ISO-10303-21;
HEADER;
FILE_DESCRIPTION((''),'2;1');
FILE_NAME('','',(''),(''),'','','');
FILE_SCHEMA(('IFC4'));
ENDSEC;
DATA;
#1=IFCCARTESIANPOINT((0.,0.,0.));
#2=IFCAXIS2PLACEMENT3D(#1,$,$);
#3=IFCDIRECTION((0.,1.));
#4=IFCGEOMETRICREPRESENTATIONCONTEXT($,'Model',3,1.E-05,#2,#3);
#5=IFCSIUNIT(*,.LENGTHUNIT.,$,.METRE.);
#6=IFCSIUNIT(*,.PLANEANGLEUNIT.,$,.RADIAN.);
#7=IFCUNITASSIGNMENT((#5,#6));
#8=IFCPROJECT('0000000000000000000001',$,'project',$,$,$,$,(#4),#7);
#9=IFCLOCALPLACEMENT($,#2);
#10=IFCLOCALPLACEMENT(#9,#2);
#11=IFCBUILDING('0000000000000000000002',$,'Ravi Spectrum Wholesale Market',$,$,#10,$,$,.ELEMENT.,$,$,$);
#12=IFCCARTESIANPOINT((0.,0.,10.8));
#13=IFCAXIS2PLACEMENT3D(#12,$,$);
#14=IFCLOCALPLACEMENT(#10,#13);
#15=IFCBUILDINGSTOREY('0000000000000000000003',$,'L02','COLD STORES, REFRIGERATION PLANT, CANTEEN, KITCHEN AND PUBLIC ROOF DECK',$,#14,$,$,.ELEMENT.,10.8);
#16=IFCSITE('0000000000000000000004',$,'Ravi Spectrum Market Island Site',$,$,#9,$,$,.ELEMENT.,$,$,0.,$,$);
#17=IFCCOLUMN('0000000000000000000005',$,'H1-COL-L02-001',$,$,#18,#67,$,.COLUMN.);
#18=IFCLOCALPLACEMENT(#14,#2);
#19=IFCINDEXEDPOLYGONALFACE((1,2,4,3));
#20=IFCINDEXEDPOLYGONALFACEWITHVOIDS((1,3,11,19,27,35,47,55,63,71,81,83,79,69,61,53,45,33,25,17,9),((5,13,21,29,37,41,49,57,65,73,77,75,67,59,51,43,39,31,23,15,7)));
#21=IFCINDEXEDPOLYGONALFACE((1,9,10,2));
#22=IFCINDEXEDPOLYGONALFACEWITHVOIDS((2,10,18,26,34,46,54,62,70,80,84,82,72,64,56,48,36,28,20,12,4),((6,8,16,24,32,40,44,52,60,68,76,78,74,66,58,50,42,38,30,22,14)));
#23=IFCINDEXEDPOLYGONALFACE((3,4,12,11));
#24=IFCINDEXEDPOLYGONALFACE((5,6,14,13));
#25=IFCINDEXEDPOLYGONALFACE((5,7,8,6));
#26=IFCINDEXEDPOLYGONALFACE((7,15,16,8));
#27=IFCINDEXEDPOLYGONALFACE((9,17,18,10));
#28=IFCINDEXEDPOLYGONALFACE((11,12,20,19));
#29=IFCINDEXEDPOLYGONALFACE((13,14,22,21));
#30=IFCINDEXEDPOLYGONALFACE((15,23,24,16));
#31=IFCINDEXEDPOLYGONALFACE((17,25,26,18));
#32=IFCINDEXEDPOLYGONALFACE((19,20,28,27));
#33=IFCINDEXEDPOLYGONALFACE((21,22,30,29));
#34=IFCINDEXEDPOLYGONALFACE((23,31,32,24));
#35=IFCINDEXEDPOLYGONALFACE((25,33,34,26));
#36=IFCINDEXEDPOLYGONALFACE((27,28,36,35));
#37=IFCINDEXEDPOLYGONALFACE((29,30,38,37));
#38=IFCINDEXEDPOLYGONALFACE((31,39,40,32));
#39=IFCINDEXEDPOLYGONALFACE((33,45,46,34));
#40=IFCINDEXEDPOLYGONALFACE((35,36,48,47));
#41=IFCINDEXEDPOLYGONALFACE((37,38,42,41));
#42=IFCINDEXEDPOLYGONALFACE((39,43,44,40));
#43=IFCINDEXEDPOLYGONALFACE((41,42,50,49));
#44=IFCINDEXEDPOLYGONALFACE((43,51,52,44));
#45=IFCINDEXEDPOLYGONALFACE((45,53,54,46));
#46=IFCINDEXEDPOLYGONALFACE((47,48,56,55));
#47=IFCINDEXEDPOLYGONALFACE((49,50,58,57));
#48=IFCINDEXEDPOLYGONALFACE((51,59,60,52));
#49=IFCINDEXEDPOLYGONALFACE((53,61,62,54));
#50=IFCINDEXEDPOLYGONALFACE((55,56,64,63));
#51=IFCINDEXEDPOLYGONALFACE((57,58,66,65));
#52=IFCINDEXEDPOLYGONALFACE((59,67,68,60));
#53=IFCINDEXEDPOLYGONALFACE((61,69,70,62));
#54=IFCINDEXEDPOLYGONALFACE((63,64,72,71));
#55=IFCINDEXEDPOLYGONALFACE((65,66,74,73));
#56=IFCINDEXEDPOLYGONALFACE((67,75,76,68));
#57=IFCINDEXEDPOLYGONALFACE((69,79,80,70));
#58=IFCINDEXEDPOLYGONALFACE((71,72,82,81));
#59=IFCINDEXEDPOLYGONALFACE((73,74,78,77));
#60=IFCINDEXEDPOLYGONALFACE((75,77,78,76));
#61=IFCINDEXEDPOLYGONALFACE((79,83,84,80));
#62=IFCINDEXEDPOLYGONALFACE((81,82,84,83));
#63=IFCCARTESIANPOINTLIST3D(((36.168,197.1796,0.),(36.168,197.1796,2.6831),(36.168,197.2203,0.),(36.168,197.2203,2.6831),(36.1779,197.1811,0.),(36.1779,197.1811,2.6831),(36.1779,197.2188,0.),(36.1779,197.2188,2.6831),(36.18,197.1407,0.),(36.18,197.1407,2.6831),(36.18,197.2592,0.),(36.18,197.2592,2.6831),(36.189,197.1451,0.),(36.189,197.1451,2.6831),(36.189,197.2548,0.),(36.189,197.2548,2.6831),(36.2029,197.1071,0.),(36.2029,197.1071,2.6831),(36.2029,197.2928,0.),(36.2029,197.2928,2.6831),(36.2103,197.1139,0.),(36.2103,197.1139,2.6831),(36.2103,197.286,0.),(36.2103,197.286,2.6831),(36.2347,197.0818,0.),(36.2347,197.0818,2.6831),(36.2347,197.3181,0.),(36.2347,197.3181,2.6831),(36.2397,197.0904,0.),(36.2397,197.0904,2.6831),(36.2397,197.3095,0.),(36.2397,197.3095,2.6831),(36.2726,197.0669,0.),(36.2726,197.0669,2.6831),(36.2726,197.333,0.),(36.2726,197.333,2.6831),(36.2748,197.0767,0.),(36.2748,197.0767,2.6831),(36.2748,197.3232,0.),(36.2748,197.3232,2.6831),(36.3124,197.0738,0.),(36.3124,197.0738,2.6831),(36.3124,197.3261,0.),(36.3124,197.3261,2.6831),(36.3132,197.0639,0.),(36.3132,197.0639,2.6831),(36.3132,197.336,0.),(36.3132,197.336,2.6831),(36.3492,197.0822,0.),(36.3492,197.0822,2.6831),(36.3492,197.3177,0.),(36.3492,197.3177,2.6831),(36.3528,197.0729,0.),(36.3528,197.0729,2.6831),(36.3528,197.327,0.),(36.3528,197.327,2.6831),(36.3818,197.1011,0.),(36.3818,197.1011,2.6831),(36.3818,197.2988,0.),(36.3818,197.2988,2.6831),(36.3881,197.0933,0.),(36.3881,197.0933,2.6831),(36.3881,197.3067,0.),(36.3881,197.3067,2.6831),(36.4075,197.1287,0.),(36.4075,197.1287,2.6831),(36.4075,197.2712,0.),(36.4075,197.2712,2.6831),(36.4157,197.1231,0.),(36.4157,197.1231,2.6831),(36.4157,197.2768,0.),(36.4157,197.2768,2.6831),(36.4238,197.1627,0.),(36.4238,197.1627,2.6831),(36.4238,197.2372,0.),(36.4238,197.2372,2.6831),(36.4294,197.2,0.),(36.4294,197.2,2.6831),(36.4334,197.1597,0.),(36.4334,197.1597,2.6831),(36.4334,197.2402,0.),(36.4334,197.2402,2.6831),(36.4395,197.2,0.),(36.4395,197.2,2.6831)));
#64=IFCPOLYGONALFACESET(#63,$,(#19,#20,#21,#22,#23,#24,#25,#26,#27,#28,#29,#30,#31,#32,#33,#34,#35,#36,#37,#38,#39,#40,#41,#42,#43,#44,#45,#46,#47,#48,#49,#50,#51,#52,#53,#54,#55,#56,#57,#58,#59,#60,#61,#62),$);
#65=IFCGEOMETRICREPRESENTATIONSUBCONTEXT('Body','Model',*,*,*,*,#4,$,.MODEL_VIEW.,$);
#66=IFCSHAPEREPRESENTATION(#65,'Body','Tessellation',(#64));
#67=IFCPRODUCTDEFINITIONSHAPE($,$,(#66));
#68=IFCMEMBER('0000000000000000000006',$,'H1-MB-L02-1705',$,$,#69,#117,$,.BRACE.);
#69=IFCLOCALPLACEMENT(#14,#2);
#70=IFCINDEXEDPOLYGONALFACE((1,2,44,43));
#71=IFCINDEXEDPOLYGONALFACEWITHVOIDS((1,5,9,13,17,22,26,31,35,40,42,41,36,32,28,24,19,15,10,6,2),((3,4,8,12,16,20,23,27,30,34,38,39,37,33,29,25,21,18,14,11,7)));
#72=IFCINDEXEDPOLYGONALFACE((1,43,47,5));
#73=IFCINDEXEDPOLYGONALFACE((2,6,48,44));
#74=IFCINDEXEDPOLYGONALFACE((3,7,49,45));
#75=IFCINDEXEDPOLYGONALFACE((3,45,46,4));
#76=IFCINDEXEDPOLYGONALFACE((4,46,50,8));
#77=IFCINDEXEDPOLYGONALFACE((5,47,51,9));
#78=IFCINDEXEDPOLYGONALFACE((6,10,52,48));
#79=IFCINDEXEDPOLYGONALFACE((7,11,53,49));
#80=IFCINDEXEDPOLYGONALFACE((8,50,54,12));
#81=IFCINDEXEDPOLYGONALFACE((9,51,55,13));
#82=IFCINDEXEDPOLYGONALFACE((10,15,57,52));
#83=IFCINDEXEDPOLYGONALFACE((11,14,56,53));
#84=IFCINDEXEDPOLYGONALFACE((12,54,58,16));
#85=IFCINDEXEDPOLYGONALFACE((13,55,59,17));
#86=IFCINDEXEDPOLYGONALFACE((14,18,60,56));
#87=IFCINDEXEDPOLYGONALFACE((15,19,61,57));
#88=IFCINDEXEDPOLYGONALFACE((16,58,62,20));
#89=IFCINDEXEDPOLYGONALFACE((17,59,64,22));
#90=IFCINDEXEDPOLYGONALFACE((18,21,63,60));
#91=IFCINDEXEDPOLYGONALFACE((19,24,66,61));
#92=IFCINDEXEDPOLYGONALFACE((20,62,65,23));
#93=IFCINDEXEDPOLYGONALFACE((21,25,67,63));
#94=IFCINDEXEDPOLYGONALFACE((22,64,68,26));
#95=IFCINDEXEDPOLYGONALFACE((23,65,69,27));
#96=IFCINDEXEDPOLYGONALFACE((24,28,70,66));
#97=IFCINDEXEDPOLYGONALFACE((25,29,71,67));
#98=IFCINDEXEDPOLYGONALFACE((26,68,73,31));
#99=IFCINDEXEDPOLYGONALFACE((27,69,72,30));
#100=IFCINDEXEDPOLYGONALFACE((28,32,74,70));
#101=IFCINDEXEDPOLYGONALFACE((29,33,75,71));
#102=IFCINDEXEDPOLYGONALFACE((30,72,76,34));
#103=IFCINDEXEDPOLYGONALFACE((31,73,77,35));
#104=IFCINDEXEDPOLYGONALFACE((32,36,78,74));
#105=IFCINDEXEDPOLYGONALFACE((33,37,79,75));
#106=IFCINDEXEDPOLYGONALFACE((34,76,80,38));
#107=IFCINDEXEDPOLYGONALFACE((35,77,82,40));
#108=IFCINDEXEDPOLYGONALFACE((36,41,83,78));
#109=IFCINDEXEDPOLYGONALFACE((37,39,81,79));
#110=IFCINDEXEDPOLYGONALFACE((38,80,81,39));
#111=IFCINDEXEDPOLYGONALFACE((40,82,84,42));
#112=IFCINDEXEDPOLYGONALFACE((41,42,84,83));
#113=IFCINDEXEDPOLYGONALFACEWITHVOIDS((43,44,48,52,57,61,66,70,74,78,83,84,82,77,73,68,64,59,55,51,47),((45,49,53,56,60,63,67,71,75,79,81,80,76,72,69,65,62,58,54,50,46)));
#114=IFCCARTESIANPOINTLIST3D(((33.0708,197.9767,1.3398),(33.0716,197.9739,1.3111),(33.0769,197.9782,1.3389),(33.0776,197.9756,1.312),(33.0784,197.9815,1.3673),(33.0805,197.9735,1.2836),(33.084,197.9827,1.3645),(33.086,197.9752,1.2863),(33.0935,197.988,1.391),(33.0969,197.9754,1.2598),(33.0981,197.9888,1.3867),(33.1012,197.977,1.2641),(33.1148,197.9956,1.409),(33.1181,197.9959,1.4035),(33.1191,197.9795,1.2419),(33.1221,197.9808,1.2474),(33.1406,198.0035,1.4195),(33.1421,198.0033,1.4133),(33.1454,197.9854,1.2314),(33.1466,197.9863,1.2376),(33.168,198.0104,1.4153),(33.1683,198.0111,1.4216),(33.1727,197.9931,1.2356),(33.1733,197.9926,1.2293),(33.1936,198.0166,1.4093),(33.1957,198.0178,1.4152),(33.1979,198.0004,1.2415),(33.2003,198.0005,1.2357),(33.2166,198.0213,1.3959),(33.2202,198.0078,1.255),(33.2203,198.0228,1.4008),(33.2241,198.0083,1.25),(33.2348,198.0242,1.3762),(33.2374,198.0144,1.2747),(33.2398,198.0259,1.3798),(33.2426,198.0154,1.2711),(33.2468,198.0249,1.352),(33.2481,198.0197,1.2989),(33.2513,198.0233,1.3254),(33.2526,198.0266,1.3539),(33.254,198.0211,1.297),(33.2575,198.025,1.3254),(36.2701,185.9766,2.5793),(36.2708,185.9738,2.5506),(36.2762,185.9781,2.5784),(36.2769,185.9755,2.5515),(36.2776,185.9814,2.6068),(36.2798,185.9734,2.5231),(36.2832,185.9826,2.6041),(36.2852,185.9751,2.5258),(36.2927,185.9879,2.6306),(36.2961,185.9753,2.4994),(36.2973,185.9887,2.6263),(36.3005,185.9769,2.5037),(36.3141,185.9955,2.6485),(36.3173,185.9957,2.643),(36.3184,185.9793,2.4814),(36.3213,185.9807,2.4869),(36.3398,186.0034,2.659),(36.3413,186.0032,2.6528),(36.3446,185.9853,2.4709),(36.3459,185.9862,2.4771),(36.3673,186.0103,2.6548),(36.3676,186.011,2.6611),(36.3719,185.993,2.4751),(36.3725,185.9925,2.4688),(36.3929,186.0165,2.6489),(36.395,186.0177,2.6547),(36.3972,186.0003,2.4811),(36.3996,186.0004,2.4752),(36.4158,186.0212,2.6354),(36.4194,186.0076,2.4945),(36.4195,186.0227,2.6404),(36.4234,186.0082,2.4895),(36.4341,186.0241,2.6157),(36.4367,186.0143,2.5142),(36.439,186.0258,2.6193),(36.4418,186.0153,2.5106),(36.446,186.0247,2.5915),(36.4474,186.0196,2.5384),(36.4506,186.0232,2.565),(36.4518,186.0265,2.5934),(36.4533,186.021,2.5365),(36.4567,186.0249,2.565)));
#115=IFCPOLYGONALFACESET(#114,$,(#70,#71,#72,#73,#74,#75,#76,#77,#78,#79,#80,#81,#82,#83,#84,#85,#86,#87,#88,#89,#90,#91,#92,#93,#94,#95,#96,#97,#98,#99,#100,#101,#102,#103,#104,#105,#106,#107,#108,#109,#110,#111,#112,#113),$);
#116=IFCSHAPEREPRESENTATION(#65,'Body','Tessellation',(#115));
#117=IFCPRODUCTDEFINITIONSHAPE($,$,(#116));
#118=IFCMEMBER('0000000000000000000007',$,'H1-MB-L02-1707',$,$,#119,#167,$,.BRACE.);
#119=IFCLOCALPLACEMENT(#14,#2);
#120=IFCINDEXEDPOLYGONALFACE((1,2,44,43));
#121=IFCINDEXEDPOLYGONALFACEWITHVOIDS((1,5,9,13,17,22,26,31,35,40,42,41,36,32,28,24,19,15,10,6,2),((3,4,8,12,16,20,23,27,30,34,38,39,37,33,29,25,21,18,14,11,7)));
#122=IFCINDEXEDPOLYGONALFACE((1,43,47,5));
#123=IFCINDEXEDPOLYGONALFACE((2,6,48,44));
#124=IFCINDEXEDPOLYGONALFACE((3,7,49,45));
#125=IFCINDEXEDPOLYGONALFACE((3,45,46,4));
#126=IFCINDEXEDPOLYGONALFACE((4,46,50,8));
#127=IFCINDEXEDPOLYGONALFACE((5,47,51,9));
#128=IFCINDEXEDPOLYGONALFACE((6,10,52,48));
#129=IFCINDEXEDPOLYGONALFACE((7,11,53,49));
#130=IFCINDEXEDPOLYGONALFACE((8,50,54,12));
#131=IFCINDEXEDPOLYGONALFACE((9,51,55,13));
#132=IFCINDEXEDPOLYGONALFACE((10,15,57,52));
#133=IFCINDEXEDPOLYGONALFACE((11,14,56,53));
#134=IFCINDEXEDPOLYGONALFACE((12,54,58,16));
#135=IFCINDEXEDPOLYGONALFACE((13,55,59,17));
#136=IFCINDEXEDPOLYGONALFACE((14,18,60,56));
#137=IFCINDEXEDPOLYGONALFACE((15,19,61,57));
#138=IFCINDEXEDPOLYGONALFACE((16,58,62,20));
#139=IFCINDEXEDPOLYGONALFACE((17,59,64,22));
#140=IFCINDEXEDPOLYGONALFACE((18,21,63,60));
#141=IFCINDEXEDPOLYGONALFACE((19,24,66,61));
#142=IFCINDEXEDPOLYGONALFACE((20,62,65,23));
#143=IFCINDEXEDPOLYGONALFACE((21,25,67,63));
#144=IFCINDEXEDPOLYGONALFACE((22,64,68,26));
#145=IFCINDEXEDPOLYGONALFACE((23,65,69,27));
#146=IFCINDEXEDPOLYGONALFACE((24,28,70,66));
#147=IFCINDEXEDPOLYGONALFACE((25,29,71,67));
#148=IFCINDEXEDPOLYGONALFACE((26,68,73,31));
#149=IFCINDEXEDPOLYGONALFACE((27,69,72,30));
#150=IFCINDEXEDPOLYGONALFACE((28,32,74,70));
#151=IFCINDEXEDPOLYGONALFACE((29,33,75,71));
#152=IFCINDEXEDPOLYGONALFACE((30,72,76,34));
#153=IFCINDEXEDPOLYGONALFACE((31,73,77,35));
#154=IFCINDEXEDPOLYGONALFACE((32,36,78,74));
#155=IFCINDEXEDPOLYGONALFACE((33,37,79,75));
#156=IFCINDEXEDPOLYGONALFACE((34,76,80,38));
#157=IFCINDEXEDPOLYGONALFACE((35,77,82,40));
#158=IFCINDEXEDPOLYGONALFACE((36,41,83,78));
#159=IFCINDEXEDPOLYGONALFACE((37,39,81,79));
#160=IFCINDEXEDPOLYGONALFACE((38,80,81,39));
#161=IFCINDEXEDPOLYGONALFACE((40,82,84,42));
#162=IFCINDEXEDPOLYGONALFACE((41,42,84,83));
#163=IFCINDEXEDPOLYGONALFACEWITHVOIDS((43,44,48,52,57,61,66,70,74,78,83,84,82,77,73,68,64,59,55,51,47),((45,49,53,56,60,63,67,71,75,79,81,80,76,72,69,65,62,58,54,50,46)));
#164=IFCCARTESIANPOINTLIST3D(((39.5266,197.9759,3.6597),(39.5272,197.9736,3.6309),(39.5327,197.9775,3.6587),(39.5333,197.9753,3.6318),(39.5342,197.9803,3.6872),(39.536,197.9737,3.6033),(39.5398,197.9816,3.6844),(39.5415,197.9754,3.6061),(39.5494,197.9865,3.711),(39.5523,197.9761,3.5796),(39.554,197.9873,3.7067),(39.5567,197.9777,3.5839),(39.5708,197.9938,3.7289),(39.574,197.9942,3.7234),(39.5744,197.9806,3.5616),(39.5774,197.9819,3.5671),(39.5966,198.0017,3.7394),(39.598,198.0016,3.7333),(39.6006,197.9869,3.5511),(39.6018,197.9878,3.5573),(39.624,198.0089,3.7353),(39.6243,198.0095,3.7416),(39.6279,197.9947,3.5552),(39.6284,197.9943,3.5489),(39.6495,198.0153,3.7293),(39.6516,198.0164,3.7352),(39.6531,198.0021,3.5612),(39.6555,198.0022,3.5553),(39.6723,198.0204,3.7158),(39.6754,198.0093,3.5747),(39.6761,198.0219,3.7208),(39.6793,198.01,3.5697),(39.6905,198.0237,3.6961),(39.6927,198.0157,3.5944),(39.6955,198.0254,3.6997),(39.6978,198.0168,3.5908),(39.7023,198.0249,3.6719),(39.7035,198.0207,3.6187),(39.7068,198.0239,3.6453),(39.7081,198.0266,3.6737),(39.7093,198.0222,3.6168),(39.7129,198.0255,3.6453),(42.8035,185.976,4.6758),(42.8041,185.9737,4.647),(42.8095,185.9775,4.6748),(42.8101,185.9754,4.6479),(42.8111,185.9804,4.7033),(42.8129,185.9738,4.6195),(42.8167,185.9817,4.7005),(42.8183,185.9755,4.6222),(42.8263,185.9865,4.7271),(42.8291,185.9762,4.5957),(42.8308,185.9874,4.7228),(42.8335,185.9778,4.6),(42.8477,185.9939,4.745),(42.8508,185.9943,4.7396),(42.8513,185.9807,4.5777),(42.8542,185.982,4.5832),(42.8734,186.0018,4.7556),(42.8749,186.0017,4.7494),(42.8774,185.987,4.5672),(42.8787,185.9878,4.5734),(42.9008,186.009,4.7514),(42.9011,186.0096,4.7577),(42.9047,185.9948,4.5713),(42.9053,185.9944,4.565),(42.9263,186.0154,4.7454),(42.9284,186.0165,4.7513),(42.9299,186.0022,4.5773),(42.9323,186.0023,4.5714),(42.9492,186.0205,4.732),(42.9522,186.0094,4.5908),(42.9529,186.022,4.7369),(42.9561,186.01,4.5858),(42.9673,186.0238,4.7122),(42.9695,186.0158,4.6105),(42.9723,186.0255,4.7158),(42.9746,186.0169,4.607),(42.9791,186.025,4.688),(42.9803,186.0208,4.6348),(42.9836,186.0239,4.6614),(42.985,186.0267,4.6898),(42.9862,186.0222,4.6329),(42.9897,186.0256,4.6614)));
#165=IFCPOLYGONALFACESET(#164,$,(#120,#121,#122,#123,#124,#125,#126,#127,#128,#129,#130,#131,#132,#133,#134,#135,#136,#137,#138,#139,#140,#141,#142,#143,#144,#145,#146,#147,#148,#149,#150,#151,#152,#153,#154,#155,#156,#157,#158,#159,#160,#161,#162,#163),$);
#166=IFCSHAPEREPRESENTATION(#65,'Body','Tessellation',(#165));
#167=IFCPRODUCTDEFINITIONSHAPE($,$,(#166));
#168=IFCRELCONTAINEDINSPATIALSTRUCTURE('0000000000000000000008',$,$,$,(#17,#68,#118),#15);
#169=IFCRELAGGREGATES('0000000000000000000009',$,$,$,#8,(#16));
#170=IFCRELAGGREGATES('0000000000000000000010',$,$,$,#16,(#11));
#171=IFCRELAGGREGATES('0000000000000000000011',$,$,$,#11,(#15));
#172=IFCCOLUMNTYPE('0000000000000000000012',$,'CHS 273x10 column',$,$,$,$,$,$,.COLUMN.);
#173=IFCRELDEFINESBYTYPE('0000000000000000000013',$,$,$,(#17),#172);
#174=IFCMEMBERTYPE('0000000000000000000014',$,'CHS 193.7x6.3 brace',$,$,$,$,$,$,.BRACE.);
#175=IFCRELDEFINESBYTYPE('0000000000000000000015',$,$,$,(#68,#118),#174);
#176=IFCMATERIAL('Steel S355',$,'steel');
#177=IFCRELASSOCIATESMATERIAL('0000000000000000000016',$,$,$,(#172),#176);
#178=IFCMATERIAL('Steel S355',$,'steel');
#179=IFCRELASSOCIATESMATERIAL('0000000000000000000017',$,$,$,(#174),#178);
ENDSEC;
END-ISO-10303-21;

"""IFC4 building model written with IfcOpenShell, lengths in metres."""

from ifc_helpers import new_model, si_unit, direction, frame, origin, origin_2d, place, context, subcontext, project, spatial, hollow_circle, extrude, material, material_profile, profile_set, type_object, element, save


model = new_model("IFC4")

# Units and contexts
model_context = context("Model", 3, precision=1e-05, world=origin(), true_north=direction((0.0, 1.0)))
body_context = subcontext(model_context, "Body", "Model", "MODEL_VIEW")
ifc_project = project(units=[si_unit("LENGTHUNIT", "METRE"), si_unit("PLANEANGLEUNIT", "RADIAN")], contexts=[model_context])

# Site, building, storey
site_placement = place(None, origin())
site = spatial("IfcSite", under=ifc_project, at=site_placement, Name="Ravi Spectrum Market Island Site", CompositionType="ELEMENT", RefElevation=0.0)
building_placement = place(site_placement, origin())
building = spatial("IfcBuilding", under=site, at=building_placement, Name="Ravi Spectrum Wholesale Market", CompositionType="ELEMENT")
storey_placement = place(building_placement, frame((0.0, 0.0, 10.8)))
storey = spatial("IfcBuildingStorey", under=building, at=storey_placement, Name="L02", Description="COLD STORES, REFRIGERATION PLANT, CANTEEN, KITCHEN AND PUBLIC ROOF DECK", CompositionType="ELEMENT", Elevation=10.8)

# Column
ifc_material_1 = material(Name="Steel S355", Category="steel")
ifc_material_profile_1 = material_profile(ifc_material_1, hollow_circle(Radius=0.1365, WallThickness=0.01, at=origin_2d()))
ifc_profile_set_1 = profile_set([ifc_material_profile_1], Name="Steel S355")
column_type = type_object("IfcColumnType", Name="CHS 273x10 column", PredefinedType="COLUMN", material=ifc_profile_set_1)
column_placement = place(storey_placement, frame((36.303, 197.2, 0.0), z_axis=(0.0, 0.0, 1.0), x_axis=(1.0, 0.0, 0.0)))
element("IfcColumn", 1, at=column_placement, inside=storey, type_object=column_type, Name="H1-COL-L02-001", PredefinedType="COLUMN", context=body_context, shape_type="SweptSolid", body=[
    extrude(hollow_circle(Radius=0.1365, WallThickness=0.01, at=origin_2d()), origin(), (0.0, 0.0, 1.0), 2.6831),
])

# Members
ifc_material_2 = material(Name="Steel S355", Category="steel")
ifc_material_profile_2 = material_profile(ifc_material_2, hollow_circle(Radius=0.0969, WallThickness=0.0063, at=origin_2d()))
ifc_profile_set_2 = profile_set([ifc_material_profile_2], Name="Steel S355")
member_type_1 = type_object("IfcMemberType", Name="CHS 193.7x6.3 brace", PredefinedType="BRACE", material=ifc_profile_set_2)
member_1_placement = place(storey_placement, frame((33.1638, 198.0, 1.3254), z_axis=(0.25633, -0.961474, 0.099312), x_axis=(0.966251, 0.257604, 0.0)))
element("IfcMember", 2, at=member_1_placement, inside=storey, type_object=member_type_1, Name="H1-MB-L02-1705", PredefinedType="BRACE", context=body_context, shape_type="SweptSolid", body=[
    extrude(hollow_circle(Radius=0.0969, WallThickness=0.0063, at=origin_2d()), origin(), (0.0, 0.0, 1.0), 12.481),
])
member_2_placement = place(storey_placement, frame((39.6194, 198.0, 3.6453), z_axis=(0.262552, -0.961477, 0.081414), x_axis=(0.96468, 0.263426, 0.0)))
element("IfcMember", 3, at=member_2_placement, inside=storey, type_object=member_type_1, Name="H1-MB-L02-1707", PredefinedType="BRACE", context=body_context, shape_type="SweptSolid", body=[
    extrude(hollow_circle(Radius=0.0969, WallThickness=0.0063, at=origin_2d()), origin(), (0.0, 0.0, 1.0), 12.4807),
])

save(model, "model.ifc")
